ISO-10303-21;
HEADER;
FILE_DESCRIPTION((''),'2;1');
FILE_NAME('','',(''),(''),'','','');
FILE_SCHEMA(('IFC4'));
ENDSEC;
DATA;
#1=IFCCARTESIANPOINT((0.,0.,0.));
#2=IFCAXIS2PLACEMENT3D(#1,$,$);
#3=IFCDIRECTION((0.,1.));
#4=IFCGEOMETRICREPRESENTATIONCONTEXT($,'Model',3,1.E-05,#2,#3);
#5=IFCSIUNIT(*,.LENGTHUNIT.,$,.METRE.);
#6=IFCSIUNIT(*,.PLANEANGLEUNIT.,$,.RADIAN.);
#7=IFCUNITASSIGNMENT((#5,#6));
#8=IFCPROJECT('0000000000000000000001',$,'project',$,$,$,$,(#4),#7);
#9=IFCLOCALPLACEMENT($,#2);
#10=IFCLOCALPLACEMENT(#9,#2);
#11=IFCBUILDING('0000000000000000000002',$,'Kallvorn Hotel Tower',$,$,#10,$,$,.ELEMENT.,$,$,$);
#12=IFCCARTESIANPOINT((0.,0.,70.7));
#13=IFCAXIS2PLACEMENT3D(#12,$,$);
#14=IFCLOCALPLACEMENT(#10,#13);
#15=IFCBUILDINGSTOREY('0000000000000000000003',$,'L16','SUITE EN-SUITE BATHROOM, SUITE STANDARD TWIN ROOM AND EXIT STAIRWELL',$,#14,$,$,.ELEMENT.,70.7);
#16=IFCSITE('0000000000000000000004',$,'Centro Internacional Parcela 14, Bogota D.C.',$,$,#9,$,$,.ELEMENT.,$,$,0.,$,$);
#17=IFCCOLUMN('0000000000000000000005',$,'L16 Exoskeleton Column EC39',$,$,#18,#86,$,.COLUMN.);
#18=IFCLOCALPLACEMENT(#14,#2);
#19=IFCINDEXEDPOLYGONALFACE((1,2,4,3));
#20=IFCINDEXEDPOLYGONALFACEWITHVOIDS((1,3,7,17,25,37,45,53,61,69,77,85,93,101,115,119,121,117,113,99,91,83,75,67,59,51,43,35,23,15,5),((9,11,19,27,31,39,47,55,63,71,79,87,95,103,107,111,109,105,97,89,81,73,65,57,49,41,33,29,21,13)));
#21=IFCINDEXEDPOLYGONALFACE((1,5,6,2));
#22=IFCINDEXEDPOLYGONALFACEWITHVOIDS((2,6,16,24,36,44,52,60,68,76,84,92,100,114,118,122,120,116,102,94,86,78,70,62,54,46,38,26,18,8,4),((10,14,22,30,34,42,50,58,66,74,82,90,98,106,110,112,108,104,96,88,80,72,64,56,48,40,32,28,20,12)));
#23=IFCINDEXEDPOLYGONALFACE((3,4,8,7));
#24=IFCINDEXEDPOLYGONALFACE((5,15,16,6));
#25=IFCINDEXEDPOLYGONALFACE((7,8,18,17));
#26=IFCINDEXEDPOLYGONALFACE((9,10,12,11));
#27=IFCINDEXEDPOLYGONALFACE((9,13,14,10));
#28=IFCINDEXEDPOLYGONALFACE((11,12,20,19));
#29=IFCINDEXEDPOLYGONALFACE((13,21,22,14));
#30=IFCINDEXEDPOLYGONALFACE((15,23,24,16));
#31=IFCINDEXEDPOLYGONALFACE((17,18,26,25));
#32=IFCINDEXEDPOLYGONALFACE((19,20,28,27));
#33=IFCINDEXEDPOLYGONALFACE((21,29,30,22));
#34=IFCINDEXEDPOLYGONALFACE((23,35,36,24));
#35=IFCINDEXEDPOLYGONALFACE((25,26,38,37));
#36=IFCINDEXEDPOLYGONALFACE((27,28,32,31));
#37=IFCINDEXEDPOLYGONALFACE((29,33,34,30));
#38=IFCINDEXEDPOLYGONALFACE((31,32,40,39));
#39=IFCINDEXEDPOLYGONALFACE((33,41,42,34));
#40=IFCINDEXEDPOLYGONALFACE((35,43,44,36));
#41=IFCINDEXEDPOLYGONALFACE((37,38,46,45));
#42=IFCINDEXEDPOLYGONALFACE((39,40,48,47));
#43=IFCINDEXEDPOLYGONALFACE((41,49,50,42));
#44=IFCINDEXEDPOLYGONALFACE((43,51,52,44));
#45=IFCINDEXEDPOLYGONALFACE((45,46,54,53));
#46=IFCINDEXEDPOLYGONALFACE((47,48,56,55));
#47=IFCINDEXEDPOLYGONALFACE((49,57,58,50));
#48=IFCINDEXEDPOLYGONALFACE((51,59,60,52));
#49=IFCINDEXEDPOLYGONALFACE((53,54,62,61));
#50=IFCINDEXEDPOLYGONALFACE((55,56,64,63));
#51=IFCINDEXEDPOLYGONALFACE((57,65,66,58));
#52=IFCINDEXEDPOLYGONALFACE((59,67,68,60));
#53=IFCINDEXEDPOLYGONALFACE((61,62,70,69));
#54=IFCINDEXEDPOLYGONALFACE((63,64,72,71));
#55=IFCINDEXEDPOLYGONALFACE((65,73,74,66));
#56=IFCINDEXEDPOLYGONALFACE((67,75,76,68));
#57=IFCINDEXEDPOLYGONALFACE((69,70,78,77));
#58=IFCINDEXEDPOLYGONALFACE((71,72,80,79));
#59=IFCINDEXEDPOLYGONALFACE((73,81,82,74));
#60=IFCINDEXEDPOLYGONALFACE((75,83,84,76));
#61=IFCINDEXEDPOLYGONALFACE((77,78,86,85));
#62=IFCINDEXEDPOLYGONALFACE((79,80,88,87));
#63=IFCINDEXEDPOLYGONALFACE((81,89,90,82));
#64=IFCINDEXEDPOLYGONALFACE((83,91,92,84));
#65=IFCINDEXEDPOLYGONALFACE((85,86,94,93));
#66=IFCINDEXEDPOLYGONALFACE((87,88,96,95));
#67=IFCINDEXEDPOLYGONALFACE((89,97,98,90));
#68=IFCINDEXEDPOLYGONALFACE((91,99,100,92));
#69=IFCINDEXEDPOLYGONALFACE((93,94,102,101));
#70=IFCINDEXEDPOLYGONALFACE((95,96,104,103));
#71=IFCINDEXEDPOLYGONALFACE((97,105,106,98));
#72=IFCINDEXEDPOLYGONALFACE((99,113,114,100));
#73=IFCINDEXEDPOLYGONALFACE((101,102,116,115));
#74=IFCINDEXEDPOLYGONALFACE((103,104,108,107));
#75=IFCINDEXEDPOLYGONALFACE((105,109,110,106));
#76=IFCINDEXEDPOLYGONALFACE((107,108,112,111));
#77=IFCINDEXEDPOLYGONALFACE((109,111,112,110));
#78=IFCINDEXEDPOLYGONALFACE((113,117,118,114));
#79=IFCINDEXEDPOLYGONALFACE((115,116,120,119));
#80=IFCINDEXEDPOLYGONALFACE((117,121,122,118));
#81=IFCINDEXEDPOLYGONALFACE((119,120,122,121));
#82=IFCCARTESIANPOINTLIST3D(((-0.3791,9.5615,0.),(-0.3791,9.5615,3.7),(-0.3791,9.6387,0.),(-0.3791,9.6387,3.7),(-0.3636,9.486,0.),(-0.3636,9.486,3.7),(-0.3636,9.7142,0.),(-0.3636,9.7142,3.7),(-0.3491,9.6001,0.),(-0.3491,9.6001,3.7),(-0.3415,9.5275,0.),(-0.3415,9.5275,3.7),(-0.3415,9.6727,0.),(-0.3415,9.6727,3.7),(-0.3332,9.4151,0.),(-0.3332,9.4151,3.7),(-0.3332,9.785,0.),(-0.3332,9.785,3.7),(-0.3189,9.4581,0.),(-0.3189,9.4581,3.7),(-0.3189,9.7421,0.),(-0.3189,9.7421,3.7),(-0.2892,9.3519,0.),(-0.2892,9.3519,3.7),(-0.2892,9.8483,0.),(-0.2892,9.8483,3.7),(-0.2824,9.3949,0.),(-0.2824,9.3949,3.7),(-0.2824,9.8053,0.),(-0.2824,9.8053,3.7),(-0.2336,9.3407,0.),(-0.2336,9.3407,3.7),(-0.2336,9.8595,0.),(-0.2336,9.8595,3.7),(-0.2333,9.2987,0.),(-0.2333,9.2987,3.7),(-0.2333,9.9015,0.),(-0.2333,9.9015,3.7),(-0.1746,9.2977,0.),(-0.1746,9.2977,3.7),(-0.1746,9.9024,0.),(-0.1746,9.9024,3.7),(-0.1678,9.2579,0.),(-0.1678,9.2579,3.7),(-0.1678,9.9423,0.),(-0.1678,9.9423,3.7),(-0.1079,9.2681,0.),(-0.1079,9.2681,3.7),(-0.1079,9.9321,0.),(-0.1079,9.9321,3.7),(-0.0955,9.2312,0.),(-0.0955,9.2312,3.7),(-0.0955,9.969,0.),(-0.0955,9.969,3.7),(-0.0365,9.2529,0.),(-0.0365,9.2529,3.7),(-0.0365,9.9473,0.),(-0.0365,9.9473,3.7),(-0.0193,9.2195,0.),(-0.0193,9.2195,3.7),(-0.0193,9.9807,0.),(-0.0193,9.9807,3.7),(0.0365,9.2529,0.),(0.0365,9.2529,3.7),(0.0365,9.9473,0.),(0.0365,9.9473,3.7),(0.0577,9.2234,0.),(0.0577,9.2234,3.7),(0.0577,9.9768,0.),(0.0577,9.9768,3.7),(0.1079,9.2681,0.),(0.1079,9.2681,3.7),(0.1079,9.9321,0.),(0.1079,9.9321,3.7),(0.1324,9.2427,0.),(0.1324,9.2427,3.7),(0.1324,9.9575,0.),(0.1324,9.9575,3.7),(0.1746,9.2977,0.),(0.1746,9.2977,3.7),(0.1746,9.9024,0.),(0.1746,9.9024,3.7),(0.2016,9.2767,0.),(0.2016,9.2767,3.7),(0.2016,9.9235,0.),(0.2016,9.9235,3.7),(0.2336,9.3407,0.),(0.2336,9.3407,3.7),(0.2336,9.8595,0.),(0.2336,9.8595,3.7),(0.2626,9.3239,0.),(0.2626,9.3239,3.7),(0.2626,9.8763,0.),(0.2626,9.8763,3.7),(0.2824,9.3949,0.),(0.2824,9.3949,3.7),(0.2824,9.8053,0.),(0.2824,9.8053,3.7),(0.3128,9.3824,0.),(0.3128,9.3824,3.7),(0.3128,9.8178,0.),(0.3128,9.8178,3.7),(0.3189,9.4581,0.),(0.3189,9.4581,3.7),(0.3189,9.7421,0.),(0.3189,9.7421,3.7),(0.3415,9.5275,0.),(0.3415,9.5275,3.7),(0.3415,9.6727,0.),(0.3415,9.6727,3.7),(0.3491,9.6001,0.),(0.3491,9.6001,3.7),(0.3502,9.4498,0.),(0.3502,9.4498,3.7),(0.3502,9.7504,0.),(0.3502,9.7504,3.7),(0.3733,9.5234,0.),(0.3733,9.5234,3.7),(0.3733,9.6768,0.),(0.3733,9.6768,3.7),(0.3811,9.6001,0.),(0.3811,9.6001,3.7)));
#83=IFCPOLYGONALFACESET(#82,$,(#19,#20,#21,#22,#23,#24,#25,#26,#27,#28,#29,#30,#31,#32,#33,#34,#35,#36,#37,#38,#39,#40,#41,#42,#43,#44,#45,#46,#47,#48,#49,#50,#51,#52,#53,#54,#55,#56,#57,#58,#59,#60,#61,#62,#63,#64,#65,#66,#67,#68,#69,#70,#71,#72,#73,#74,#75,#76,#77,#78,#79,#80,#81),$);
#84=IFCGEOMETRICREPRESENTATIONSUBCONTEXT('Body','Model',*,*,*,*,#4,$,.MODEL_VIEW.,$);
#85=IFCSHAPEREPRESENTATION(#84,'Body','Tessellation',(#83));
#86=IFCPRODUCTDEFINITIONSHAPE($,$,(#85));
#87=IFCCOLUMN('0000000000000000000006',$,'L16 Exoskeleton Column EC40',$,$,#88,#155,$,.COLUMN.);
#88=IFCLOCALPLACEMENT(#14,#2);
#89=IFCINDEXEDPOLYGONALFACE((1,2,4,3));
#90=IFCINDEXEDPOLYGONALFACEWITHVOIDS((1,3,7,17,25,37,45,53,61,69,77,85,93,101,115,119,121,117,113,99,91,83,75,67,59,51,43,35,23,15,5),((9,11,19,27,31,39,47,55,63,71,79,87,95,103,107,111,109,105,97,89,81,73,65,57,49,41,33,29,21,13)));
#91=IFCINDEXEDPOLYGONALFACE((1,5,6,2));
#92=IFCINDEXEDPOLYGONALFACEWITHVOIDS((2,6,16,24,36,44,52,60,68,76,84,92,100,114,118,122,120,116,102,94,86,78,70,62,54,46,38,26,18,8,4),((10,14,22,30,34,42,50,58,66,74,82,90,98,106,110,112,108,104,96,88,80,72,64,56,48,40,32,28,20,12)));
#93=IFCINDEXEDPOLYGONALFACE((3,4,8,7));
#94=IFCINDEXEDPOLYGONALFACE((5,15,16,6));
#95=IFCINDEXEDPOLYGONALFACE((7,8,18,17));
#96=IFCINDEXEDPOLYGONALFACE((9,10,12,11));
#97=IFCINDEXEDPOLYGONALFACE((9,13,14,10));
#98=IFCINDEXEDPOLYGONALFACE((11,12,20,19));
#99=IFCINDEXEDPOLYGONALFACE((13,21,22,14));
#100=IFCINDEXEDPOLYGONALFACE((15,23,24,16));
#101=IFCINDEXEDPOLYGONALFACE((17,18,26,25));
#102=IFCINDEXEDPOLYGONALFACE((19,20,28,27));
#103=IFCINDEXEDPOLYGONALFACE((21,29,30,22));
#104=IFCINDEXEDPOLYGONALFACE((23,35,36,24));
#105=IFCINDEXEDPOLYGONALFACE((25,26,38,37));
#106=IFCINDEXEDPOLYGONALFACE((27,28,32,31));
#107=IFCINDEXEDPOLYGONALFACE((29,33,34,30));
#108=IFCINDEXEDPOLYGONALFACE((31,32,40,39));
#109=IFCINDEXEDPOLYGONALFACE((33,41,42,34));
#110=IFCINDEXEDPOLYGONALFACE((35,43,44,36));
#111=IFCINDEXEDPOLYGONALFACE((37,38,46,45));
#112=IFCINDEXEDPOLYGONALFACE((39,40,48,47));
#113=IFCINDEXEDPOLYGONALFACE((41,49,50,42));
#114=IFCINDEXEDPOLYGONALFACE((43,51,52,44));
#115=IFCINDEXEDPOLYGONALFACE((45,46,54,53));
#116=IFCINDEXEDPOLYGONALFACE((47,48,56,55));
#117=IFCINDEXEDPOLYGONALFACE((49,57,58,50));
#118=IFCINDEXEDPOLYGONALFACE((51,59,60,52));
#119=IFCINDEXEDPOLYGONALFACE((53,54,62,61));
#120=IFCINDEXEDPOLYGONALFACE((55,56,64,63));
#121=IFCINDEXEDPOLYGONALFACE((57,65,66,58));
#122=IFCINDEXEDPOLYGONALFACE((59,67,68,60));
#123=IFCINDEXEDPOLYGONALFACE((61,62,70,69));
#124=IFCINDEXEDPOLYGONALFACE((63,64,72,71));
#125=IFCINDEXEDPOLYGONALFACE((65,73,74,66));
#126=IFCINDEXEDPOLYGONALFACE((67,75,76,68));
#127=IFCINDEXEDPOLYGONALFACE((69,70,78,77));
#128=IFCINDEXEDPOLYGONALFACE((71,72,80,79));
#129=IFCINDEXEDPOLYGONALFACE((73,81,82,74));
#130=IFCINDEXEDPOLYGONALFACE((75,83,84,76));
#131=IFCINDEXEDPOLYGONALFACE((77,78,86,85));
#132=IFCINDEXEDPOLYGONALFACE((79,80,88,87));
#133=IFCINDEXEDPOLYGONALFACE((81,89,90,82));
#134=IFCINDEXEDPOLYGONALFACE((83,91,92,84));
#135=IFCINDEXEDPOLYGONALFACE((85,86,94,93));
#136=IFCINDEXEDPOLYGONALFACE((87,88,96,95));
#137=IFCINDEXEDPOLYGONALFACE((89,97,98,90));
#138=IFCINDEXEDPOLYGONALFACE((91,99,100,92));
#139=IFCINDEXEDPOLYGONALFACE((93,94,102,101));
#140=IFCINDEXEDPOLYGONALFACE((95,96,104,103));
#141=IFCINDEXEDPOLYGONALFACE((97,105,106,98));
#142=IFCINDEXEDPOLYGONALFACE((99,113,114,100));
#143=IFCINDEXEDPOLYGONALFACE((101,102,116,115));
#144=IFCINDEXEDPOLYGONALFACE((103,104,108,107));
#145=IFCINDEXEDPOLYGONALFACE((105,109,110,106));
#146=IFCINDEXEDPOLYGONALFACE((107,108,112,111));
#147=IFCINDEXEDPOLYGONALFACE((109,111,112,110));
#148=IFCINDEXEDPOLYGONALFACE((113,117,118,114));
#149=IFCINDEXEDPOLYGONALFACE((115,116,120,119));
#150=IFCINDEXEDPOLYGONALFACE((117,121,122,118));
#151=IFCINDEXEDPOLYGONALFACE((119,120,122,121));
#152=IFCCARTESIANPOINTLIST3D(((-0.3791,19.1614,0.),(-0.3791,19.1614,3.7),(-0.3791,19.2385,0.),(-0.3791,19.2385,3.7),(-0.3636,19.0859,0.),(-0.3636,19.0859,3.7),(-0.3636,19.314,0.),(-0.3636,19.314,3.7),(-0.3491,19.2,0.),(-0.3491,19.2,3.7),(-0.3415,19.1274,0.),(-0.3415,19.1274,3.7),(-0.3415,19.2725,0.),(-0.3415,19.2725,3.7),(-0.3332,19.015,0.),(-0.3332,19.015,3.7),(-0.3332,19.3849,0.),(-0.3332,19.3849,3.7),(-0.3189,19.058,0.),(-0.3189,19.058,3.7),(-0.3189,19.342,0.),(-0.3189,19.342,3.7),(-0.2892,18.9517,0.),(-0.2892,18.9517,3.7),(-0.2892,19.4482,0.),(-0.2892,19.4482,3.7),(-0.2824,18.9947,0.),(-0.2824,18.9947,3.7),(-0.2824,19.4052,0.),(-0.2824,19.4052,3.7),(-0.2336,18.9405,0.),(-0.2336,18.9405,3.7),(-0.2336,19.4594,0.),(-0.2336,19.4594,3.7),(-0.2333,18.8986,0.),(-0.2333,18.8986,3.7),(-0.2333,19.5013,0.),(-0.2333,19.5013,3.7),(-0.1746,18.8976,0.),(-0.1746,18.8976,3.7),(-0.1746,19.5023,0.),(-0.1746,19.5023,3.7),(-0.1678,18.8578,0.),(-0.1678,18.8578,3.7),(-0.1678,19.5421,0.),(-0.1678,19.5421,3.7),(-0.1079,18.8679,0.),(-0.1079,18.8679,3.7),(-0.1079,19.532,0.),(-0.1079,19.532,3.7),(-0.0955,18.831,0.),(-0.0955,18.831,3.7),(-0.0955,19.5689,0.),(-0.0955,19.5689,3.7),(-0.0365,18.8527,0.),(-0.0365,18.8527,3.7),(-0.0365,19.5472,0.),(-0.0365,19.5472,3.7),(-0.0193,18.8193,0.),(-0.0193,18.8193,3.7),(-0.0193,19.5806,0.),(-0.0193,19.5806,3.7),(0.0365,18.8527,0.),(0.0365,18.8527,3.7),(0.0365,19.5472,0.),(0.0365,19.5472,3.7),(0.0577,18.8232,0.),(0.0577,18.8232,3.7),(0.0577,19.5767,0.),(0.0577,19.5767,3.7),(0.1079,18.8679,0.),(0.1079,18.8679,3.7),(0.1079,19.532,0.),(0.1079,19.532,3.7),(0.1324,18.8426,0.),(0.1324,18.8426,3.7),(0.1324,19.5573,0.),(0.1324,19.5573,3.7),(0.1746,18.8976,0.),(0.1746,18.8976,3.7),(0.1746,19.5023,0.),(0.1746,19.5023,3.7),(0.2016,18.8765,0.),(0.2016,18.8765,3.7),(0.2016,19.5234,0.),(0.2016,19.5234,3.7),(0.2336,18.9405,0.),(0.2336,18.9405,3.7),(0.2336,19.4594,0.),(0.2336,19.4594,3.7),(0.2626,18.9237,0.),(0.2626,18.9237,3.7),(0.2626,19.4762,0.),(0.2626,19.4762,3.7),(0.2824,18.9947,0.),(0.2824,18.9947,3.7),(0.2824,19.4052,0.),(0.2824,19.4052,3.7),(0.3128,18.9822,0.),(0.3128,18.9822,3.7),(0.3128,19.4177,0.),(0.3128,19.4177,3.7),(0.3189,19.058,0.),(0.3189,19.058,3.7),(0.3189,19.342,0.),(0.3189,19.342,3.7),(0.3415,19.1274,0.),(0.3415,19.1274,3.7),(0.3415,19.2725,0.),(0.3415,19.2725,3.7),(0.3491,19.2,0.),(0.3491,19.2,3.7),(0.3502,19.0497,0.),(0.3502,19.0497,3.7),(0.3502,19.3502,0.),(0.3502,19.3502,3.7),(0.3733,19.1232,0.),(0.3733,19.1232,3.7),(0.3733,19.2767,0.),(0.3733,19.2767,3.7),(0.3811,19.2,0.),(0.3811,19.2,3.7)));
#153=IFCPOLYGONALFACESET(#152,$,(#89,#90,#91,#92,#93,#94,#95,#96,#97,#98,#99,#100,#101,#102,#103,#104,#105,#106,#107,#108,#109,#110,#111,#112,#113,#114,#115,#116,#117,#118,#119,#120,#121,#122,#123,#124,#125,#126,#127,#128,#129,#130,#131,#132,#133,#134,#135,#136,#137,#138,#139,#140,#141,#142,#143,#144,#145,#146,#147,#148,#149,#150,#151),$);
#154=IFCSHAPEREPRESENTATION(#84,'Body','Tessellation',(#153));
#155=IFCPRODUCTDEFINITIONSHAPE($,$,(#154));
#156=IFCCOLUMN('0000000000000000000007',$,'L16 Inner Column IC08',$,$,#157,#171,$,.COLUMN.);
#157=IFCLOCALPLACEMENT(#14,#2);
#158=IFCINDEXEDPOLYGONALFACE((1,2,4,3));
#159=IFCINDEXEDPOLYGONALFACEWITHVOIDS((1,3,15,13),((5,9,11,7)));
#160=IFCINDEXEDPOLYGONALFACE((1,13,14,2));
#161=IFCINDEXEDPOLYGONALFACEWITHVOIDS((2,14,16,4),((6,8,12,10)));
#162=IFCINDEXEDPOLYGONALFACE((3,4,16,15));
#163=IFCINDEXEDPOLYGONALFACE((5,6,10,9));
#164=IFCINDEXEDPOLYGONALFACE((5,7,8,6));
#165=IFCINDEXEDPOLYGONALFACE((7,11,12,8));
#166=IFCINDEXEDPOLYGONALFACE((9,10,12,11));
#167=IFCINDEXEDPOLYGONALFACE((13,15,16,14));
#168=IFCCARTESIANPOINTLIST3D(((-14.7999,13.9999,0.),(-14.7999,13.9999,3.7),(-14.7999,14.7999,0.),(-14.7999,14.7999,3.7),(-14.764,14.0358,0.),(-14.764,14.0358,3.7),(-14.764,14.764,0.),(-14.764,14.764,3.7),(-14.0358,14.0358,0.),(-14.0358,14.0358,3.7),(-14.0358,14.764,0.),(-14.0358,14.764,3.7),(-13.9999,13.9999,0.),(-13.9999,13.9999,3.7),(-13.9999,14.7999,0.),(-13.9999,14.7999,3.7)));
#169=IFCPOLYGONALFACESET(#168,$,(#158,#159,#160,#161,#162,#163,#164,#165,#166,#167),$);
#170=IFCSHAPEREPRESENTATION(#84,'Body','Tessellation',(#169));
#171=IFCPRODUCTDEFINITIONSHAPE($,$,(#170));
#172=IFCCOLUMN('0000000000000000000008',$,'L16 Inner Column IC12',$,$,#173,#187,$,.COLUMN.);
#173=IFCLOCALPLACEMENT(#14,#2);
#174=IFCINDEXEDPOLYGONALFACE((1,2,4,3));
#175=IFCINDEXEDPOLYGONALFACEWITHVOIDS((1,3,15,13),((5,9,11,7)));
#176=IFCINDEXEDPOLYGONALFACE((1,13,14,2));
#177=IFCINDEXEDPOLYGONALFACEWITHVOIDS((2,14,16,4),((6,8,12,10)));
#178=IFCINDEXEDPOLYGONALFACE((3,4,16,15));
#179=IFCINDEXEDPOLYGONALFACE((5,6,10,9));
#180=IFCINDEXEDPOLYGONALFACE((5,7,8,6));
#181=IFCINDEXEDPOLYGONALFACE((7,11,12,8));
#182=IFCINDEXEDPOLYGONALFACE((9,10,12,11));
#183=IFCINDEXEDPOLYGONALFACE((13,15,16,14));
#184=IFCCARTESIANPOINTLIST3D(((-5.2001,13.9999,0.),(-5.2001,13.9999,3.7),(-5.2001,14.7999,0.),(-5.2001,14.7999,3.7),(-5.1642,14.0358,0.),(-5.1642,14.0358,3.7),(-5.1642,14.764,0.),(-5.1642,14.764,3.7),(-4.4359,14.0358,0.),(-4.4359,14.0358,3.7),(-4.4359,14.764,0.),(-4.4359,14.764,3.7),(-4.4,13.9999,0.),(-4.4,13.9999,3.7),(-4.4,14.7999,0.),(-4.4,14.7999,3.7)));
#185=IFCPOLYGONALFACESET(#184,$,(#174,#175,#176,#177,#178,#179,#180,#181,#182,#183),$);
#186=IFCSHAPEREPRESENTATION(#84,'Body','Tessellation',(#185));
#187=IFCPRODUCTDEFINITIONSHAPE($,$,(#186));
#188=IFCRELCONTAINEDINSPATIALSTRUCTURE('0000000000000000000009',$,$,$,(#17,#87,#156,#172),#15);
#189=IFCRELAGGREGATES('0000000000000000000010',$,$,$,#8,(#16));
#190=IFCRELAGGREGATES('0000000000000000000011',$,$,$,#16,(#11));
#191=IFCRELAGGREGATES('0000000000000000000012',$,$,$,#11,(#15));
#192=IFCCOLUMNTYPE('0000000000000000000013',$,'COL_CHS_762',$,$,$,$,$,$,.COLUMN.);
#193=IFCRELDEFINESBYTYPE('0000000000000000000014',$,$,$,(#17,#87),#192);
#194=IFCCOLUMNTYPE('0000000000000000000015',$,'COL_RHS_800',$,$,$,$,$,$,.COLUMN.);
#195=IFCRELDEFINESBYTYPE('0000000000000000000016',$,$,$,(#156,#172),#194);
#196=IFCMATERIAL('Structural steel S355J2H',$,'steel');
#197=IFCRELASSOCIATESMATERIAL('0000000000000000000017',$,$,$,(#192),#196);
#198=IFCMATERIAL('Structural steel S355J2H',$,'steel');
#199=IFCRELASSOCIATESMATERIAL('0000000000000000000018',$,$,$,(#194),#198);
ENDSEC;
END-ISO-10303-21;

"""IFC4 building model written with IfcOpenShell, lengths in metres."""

from ifc_helpers import new_model, si_unit, direction, frame, origin, origin_2d, place, context, subcontext, project, spatial, hollow_rectangle, hollow_circle, extrude, material, material_profile, profile_set, type_object, element, save


model = new_model("IFC4")

# Units and contexts
model_context = context("Model", 3, precision=1e-05, world=origin(), true_north=direction((0.0, 1.0)))
body_context = subcontext(model_context, "Body", "Model", "MODEL_VIEW")
ifc_project = project(units=[si_unit("LENGTHUNIT", "METRE"), si_unit("PLANEANGLEUNIT", "RADIAN")], contexts=[model_context])

# Site, building, storey
site_placement = place(None, origin())
site = spatial("IfcSite", under=ifc_project, at=site_placement, Name="Centro Internacional Parcela 14, Bogota D.C.", CompositionType="ELEMENT", RefElevation=0.0)
building_placement = place(site_placement, origin())
building = spatial("IfcBuilding", under=site, at=building_placement, Name="Kallvorn Hotel Tower", CompositionType="ELEMENT")
storey_placement = place(building_placement, frame((0.0, 0.0, 70.7)))
storey = spatial("IfcBuildingStorey", under=building, at=storey_placement, Name="L16", Description="SUITE EN-SUITE BATHROOM, SUITE STANDARD TWIN ROOM AND EXIT STAIRWELL", CompositionType="ELEMENT", Elevation=70.7)

# Columns
ifc_material_1 = material(Name="Structural steel S355J2H", Category="steel")
ifc_material_profile_1 = material_profile(ifc_material_1, hollow_circle(Radius=0.3811, WallThickness=0.032, at=origin_2d()), Name="CHS 762x32")
ifc_profile_set_1 = profile_set([ifc_material_profile_1], Name="Structural steel S355J2H")
column_type_1 = type_object("IfcColumnType", Name="COL_CHS_762", PredefinedType="COLUMN", material=ifc_profile_set_1)
for number, where, z_axis, x_axis, name in (
    (1, (0.0, 9.6001, 0.0), (0.0, 0.0, 1.0), (1.0, 0.0, 0.0), "L16 Exoskeleton Column EC39"),
    (2, (0.0, 19.2, 0.0), (0.0, 0.0, 1.0), (1.0, 0.0, 0.0), "L16 Exoskeleton Column EC40"),
):
    element("IfcColumn", number, at=place(storey_placement, frame(where, z_axis=z_axis, x_axis=x_axis)), inside=storey, type_object=column_type_1, Name=name, PredefinedType="COLUMN", context=body_context, shape_type="SweptSolid", body=[
        extrude(hollow_circle(Radius=0.3811, WallThickness=0.032, at=origin_2d()), origin(), (0.0, 0.0, 1.0), 3.7),
    ])
ifc_material_2 = material(Name="Structural steel S355J2H", Category="steel")
ifc_material_profile_2 = material_profile(ifc_material_2, hollow_rectangle(XDim=0.8, YDim=0.8, WallThickness=0.0359, at=origin_2d()), Name="RHS 800x800x36")
ifc_profile_set_2 = profile_set([ifc_material_profile_2], Name="Structural steel S355J2H")
column_type_2 = type_object("IfcColumnType", Name="COL_RHS_800", PredefinedType="COLUMN", material=ifc_profile_set_2)
for number, where, z_axis, x_axis, name in (
    (3, (-14.3999, 14.3999, 0.0), (0.0, 0.0, 1.0), (1.0, 0.0, 0.0), "L16 Inner Column IC08"),
    (4, (-4.8, 14.3999, 0.0), (0.0, 0.0, 1.0), (1.0, 0.0, 0.0), "L16 Inner Column IC12"),
):
    element("IfcColumn", number, at=place(storey_placement, frame(where, z_axis=z_axis, x_axis=x_axis)), inside=storey, type_object=column_type_2, Name=name, PredefinedType="COLUMN", context=body_context, shape_type="SweptSolid", body=[
        extrude(hollow_rectangle(XDim=0.8, YDim=0.8, WallThickness=0.0359, at=origin_2d()), origin(), (0.0, 0.0, 1.0), 3.7),
    ])

save(model, "model.ifc")
